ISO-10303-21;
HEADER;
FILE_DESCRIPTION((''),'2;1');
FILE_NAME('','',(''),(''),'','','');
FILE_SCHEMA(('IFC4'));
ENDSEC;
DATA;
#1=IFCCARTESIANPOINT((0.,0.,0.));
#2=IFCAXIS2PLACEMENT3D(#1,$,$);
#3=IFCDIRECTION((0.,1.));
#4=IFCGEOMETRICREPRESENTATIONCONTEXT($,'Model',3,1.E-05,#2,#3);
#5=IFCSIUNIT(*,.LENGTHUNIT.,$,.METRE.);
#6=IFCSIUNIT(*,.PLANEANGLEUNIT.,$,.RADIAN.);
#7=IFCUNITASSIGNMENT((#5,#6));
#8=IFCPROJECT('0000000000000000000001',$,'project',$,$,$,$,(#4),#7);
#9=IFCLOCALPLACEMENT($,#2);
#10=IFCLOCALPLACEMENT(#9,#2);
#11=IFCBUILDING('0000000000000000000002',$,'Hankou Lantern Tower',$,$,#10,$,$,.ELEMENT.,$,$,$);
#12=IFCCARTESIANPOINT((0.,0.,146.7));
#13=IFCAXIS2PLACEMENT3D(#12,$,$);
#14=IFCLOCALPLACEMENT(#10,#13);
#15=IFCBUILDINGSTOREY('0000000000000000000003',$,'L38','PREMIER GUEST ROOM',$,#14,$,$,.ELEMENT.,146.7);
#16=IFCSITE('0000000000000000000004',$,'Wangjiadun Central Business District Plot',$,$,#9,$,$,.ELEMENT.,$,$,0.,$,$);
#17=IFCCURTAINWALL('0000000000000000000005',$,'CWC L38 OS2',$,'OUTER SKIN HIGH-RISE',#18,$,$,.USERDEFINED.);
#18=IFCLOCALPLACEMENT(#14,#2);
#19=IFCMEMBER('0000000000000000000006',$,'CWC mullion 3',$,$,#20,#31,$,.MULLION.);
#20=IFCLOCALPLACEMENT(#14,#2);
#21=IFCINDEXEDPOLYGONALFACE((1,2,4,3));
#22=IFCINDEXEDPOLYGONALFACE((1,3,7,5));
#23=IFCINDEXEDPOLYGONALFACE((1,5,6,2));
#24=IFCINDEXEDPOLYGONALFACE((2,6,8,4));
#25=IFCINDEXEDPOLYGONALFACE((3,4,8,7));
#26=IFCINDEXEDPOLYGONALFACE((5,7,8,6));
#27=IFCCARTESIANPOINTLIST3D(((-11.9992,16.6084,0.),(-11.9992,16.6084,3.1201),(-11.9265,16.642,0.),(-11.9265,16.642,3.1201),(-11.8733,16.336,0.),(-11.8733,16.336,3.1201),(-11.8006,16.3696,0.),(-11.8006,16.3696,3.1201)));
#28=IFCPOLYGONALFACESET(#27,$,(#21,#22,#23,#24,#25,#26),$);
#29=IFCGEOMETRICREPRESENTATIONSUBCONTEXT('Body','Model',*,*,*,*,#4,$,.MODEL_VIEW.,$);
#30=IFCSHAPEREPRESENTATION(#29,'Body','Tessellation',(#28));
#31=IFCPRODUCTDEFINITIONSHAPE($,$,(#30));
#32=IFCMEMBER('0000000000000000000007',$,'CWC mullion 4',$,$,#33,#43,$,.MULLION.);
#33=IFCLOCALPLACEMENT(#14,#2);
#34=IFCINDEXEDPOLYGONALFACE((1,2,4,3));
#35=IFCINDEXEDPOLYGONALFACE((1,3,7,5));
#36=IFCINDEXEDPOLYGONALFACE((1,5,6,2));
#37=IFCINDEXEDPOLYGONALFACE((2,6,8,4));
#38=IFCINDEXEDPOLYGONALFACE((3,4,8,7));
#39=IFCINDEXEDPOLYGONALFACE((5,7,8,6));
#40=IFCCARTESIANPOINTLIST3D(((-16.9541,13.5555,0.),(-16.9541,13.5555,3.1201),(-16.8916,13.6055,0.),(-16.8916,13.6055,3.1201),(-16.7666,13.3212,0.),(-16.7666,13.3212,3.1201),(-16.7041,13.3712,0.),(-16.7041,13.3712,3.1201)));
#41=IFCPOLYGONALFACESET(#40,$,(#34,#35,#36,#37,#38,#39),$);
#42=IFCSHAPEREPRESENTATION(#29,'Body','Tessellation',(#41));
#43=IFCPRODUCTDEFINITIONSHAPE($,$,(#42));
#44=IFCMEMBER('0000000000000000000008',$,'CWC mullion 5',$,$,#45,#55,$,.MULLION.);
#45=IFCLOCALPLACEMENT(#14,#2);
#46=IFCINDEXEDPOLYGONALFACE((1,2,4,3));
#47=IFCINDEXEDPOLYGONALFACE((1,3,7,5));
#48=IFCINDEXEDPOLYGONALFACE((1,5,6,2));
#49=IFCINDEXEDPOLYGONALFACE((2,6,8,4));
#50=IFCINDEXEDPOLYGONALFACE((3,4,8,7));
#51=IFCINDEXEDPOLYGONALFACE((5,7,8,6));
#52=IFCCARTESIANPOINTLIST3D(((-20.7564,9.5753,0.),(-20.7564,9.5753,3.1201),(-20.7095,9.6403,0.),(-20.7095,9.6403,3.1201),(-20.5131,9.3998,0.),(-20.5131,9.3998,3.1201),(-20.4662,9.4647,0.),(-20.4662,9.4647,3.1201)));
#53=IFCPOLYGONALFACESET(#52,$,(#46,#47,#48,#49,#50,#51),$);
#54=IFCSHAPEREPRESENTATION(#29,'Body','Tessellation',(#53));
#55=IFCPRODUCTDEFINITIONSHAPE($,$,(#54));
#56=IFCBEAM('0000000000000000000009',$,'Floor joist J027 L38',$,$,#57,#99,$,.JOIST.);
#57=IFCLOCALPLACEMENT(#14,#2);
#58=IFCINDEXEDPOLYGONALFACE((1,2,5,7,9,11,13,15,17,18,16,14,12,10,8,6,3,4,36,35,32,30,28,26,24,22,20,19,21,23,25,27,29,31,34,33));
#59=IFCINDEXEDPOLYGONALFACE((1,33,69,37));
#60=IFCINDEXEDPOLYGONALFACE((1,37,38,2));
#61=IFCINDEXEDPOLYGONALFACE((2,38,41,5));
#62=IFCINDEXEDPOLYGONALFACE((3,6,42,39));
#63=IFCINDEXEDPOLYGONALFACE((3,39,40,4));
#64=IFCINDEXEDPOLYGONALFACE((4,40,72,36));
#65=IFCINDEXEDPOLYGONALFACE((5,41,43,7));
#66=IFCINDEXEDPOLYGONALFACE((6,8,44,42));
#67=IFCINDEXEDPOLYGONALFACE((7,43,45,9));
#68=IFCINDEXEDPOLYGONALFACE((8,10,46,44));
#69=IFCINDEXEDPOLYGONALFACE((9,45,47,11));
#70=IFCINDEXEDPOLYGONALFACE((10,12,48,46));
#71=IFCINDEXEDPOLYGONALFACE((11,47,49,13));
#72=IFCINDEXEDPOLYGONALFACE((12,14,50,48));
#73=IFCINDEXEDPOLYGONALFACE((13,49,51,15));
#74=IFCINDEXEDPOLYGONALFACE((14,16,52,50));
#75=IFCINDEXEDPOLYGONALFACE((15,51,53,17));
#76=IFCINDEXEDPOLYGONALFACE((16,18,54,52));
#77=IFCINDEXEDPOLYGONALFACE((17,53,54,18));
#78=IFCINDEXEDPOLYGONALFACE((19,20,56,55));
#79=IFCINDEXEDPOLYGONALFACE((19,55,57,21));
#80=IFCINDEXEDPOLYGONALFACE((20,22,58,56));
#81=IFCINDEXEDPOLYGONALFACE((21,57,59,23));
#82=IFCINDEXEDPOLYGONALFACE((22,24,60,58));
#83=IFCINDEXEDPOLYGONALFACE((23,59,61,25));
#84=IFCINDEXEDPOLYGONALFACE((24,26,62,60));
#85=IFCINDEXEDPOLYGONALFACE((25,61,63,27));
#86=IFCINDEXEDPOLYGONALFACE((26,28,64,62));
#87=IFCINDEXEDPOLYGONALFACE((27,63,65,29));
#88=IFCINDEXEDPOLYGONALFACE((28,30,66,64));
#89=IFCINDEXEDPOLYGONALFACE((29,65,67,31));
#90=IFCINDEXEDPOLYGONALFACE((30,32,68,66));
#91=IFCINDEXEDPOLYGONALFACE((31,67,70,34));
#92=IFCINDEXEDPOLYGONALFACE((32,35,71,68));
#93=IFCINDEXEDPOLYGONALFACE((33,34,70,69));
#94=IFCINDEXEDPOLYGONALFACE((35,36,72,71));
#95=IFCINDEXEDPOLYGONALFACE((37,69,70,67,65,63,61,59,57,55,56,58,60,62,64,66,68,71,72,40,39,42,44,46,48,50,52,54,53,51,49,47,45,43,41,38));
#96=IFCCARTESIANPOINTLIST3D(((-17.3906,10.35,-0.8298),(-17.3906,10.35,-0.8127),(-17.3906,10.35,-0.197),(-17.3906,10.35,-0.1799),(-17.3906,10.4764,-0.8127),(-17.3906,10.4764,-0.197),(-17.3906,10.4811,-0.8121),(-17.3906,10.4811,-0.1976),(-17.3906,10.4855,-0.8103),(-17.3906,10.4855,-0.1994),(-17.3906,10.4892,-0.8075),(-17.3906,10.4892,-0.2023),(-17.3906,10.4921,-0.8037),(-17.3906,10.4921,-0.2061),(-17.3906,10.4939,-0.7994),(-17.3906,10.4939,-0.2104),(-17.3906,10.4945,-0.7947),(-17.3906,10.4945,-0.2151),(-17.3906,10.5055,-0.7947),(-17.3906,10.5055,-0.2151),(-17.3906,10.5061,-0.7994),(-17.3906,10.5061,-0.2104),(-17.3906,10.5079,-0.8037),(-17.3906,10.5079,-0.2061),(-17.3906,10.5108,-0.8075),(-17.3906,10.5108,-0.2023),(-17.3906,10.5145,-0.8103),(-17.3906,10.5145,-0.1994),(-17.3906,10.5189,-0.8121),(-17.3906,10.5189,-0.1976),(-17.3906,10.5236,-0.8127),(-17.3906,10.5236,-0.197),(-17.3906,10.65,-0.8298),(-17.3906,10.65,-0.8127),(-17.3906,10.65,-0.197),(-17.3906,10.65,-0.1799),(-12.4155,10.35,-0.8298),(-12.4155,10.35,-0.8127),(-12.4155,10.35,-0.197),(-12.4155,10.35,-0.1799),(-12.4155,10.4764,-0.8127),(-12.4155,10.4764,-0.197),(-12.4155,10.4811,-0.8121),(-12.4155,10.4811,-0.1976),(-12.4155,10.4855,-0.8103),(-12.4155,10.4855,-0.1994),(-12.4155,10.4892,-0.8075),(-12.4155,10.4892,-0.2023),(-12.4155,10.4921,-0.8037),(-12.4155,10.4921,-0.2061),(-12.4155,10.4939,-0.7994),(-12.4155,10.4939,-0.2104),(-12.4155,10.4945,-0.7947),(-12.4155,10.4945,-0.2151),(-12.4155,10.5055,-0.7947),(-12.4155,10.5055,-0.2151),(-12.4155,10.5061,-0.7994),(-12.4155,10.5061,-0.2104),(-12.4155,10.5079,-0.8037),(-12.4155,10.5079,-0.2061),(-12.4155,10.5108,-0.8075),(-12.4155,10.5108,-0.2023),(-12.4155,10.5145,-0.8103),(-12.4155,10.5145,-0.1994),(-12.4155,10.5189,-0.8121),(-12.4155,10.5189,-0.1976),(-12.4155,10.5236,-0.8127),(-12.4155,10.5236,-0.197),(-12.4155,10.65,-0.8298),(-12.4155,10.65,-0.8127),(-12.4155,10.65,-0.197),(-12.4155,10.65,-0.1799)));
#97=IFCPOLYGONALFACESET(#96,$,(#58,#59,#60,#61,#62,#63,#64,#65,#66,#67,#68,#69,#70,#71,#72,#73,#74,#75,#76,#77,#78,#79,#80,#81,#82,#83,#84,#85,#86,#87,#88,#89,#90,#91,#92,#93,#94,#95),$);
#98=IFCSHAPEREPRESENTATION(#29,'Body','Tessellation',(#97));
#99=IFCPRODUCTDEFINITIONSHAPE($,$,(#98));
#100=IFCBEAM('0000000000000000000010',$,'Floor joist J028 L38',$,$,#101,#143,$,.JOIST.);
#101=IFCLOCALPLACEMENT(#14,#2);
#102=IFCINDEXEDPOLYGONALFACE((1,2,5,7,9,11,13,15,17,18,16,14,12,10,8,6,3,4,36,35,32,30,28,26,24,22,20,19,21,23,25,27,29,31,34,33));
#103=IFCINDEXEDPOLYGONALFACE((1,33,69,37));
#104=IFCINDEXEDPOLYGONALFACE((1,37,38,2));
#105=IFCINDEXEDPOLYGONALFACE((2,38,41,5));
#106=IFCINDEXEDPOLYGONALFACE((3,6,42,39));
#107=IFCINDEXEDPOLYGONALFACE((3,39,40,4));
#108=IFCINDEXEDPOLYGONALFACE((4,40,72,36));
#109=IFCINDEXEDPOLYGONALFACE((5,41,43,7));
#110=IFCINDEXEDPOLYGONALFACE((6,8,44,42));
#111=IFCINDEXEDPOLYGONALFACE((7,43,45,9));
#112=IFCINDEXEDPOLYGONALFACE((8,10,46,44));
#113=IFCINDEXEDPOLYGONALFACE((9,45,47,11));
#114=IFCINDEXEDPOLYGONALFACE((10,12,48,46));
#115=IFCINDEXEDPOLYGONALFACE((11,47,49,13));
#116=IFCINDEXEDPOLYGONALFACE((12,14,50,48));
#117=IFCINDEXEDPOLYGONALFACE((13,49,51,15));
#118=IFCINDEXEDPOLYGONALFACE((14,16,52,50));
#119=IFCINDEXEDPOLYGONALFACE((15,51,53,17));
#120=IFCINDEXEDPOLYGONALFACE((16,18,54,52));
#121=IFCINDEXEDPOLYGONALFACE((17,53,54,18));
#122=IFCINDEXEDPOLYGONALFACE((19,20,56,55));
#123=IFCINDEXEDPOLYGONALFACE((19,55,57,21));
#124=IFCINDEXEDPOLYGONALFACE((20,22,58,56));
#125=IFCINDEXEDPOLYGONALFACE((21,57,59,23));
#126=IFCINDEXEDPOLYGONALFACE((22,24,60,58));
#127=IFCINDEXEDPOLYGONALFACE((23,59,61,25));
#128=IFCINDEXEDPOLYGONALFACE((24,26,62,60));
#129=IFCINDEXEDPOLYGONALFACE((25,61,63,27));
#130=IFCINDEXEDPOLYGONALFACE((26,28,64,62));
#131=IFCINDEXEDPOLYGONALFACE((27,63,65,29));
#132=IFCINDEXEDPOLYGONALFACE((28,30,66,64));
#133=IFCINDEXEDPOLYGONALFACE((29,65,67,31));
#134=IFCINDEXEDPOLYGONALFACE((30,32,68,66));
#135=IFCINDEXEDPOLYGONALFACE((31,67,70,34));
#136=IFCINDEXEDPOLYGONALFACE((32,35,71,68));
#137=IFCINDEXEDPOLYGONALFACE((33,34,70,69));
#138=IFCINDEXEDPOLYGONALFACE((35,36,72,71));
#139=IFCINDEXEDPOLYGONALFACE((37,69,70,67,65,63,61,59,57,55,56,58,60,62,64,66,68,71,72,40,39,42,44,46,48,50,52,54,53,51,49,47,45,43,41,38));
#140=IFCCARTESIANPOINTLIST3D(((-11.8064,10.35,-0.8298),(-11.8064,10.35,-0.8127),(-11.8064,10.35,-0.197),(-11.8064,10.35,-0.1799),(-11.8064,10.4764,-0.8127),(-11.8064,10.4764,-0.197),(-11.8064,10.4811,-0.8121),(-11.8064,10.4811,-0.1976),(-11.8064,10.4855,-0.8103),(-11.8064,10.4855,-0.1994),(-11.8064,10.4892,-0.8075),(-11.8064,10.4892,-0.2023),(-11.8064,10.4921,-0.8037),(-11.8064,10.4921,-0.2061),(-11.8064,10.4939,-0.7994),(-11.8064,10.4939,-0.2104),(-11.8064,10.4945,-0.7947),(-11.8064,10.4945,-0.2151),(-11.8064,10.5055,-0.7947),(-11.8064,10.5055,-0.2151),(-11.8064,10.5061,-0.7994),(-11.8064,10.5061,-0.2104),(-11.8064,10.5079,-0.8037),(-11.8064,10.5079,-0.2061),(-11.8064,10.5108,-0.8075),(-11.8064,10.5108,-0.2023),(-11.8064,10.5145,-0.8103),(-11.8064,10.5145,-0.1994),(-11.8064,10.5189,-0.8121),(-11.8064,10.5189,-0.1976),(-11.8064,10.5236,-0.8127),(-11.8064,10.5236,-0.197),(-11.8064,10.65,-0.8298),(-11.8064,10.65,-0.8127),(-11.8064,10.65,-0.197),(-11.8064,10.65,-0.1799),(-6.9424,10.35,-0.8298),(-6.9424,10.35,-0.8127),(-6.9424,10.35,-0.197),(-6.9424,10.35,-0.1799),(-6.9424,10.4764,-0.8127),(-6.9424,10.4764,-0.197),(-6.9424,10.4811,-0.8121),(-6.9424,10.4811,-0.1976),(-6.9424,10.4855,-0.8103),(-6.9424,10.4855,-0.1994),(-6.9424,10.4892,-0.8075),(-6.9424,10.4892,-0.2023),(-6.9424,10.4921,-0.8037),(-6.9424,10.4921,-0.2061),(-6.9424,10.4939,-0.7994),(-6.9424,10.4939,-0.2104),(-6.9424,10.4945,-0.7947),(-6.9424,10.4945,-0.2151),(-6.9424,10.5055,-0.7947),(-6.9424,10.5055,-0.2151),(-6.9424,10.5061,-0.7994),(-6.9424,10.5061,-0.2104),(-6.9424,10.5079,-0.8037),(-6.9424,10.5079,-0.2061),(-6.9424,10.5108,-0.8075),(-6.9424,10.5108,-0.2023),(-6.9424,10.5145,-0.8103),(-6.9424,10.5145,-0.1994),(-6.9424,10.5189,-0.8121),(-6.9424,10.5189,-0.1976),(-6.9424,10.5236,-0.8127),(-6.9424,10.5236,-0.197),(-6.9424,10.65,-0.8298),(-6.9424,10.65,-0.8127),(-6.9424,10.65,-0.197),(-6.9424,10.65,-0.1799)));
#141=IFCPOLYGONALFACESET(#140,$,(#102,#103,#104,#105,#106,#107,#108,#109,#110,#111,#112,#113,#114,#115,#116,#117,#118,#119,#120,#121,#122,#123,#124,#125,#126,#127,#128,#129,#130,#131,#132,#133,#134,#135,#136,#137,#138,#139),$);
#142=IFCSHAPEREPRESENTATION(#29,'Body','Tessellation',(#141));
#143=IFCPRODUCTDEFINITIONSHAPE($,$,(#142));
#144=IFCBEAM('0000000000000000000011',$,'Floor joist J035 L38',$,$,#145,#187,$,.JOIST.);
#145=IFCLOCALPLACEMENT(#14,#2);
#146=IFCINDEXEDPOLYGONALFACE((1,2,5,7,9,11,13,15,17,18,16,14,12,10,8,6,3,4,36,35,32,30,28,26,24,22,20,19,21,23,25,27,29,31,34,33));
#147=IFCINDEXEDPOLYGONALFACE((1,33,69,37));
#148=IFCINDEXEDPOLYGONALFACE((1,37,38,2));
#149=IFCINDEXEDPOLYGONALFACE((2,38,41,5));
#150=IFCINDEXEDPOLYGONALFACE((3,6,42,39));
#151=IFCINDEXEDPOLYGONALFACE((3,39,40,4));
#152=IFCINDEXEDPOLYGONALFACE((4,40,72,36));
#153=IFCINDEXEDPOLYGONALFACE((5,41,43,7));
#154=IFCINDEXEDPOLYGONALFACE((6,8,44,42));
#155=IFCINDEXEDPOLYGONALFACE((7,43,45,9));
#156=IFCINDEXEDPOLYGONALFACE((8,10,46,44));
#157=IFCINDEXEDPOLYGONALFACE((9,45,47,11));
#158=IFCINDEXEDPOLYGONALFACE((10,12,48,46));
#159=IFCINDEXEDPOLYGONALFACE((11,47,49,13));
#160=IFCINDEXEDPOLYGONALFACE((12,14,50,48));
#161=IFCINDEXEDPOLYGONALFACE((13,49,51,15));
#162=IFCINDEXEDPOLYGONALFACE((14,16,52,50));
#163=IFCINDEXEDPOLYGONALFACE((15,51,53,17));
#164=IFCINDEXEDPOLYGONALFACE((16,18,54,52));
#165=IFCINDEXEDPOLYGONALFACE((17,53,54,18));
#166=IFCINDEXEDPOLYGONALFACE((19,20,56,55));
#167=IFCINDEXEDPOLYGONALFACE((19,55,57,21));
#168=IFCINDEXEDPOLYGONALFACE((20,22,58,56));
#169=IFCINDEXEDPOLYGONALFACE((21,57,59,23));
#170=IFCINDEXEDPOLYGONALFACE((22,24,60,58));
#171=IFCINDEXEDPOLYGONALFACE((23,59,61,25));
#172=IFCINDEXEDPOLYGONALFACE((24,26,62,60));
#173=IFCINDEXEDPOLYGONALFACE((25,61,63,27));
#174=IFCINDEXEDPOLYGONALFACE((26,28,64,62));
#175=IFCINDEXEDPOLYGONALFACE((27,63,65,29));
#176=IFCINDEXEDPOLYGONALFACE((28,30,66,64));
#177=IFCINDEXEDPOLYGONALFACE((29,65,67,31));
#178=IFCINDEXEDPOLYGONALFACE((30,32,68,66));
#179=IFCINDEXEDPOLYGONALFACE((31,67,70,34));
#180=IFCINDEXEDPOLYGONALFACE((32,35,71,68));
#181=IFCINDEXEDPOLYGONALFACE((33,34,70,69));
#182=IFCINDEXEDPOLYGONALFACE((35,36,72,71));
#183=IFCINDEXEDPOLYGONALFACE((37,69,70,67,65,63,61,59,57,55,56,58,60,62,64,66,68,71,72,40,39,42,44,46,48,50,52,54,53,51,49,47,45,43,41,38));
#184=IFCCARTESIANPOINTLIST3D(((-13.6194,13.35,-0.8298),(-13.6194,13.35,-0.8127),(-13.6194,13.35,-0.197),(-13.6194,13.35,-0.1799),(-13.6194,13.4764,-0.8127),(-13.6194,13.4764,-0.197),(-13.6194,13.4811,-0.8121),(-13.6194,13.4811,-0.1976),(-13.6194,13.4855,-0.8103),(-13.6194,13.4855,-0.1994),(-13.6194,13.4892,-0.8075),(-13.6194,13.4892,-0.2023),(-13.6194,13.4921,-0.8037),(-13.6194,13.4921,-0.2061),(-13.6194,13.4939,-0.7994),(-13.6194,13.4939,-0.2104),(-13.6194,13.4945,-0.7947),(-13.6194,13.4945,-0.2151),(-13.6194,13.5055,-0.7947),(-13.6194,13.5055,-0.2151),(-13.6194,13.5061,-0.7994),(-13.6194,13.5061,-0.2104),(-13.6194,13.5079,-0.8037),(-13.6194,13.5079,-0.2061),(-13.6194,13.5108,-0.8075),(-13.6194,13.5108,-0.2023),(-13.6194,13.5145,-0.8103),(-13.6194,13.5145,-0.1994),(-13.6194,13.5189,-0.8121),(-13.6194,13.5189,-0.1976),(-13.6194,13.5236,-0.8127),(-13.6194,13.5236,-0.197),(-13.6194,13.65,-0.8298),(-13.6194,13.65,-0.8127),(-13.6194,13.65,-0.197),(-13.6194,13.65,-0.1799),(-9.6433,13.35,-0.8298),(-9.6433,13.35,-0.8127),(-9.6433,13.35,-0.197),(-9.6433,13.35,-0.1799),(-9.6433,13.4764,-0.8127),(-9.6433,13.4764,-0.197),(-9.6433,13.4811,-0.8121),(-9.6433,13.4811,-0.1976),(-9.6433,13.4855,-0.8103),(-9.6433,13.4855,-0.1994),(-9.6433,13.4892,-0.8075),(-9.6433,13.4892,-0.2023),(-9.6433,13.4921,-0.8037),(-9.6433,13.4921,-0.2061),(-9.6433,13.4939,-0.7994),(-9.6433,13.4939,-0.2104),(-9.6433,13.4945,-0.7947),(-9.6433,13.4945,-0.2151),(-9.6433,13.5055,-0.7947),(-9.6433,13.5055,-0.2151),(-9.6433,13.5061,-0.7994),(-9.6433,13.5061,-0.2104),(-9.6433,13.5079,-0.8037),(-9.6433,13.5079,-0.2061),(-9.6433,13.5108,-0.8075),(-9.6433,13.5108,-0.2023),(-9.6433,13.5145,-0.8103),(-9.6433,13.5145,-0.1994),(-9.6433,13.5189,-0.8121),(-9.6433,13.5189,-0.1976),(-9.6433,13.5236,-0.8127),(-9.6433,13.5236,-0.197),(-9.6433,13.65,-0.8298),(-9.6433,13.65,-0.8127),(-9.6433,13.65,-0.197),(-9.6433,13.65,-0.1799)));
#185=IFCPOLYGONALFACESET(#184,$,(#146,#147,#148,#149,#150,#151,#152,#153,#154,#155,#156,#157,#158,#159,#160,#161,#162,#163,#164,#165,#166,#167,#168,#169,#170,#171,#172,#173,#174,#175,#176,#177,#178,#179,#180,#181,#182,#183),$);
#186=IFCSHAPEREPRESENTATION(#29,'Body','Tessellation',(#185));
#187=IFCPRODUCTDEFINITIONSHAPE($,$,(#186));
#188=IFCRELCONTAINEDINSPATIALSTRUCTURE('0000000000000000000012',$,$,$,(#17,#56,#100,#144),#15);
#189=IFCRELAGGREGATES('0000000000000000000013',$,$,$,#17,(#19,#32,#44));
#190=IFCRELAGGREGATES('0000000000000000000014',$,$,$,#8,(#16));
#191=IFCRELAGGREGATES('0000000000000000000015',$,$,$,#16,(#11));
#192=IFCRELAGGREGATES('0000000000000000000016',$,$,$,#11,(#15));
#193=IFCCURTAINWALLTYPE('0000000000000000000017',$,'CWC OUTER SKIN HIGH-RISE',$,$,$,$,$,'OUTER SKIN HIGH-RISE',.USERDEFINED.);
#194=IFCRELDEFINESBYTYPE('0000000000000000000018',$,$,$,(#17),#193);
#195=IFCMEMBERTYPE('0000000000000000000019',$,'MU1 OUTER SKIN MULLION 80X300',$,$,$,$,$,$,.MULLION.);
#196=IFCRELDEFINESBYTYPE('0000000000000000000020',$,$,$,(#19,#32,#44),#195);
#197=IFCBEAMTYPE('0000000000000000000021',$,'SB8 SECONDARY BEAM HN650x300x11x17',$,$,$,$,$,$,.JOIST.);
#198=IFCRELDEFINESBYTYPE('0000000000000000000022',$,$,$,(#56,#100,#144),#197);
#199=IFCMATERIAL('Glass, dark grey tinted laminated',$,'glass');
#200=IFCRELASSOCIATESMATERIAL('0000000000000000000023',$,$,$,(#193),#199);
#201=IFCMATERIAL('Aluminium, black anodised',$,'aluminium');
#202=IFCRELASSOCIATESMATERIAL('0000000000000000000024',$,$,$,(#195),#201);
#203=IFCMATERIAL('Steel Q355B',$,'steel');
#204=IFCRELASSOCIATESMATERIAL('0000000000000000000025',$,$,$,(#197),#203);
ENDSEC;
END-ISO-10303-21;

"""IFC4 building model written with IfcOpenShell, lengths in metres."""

from ifc_helpers import new_model, si_unit, direction, frame, origin, origin_2d, place, context, subcontext, project, spatial, rectangle, i_section, extrude, material, material_profile, profile_set, type_object, element, aggregate, save


model = new_model("IFC4")

# Units and contexts
model_context = context("Model", 3, precision=1e-05, world=origin(), true_north=direction((0.0, 1.0)))
body_context = subcontext(model_context, "Body", "Model", "MODEL_VIEW")
ifc_project = project(units=[si_unit("LENGTHUNIT", "METRE"), si_unit("PLANEANGLEUNIT", "RADIAN")], contexts=[model_context])

# Site, building, storey
site_placement = place(None, origin())
site = spatial("IfcSite", under=ifc_project, at=site_placement, Name="Wangjiadun Central Business District Plot", CompositionType="ELEMENT", RefElevation=0.0)
building_placement = place(site_placement, origin())
building = spatial("IfcBuilding", under=site, at=building_placement, Name="Hankou Lantern Tower", CompositionType="ELEMENT")
storey_placement = place(building_placement, frame((0.0, 0.0, 146.7)))
storey = spatial("IfcBuildingStorey", under=building, at=storey_placement, Name="L38", Description="PREMIER GUEST ROOM", CompositionType="ELEMENT", Elevation=146.7)

# Curtain wall, members
ifc_material_1 = material(Name="Glass, dark grey tinted laminated", Category="glass")
curtain_wall_type = type_object("IfcCurtainWallType", Name="CWC OUTER SKIN HIGH-RISE", ElementType="OUTER SKIN HIGH-RISE", PredefinedType="USERDEFINED", material=ifc_material_1)
curtain_wall_placement = place(storey_placement, origin())
curtain_wall = element("IfcCurtainWall", 1, at=curtain_wall_placement, inside=storey, type_object=curtain_wall_type, Name="CWC L38 OS2", ObjectType="OUTER SKIN HIGH-RISE", PredefinedType="USERDEFINED")
ifc_material_2 = material(Name="Aluminium, black anodised", Category="aluminium")
ifc_material_profile_1 = material_profile(ifc_material_2, rectangle(XDim=0.0801, YDim=0.3, at=origin_2d()), Name="MU1 80X300")
ifc_profile_set_1 = profile_set([ifc_material_profile_1], Name="Aluminium, black anodised")
member_type_1 = type_object("IfcMemberType", Name="MU1 OUTER SKIN MULLION 80X300", PredefinedType="MULLION", material=ifc_profile_set_1)
member_1_placement = place(storey_placement, frame((-11.8999, 16.489, 0.0), z_axis=(0.0, 0.0, 1.0), x_axis=(-0.907841, -0.419314, 0.0)))
member_1 = element("IfcMember", 2, at=member_1_placement, type_object=member_type_1, Name="CWC mullion 3", PredefinedType="MULLION", context=body_context, shape_type="SweptSolid", body=[
    extrude(rectangle(XDim=0.0801, YDim=0.3, at=origin_2d()), origin(), (0.0, 0.0, 1.0), 3.1201),
])
member_2_placement = place(storey_placement, frame((-16.8291, 13.4634, 0.0), z_axis=(0.0, 0.0, 1.0), x_axis=(-0.780869, -0.624695, 0.0)))
member_2 = element("IfcMember", 3, at=member_2_placement, type_object=member_type_1, Name="CWC mullion 4", PredefinedType="MULLION", context=body_context, shape_type="SweptSolid", body=[
    extrude(rectangle(XDim=0.0801, YDim=0.3, at=origin_2d()), origin(), (0.0, 0.0, 1.0), 3.1201),
])
member_3_placement = place(storey_placement, frame((-20.6113, 9.52, 0.0), z_axis=(0.0, 0.0, 1.0), x_axis=(-0.585206, -0.810885, 0.0)))
member_3 = element("IfcMember", 4, at=member_3_placement, type_object=member_type_1, Name="CWC mullion 5", PredefinedType="MULLION", context=body_context, shape_type="SweptSolid", body=[
    extrude(rectangle(XDim=0.0801, YDim=0.3, at=origin_2d()), origin(), (0.0, 0.0, 1.0), 3.1201),
])

# Beams
ifc_material_3 = material(Name="Steel Q355B", Category="steel")
ifc_material_profile_2 = material_profile(ifc_material_3, i_section(OverallWidth=0.3, OverallDepth=0.6499, WebThickness=0.011, FlangeThickness=0.0171, FilletRadius=0.0181, at=origin_2d()), Name="HN650x300x11x17")
ifc_profile_set_2 = profile_set([ifc_material_profile_2], Name="Steel Q355B")
beam_type_1 = type_object("IfcBeamType", Name="SB8 SECONDARY BEAM HN650x300x11x17", PredefinedType="JOIST", material=ifc_profile_set_2)
beam_1_placement = place(storey_placement, frame((-17.3906, 10.5, -0.5049), z_axis=(1.0, 0.0, 0.0), x_axis=(0.0, 1.0, 0.0)))
element("IfcBeam", 5, at=beam_1_placement, inside=storey, type_object=beam_type_1, Name="Floor joist J027 L38", PredefinedType="JOIST", context=body_context, shape_type="SweptSolid", body=[
    extrude(i_section(OverallWidth=0.3, OverallDepth=0.6499, WebThickness=0.011, FlangeThickness=0.0171, FilletRadius=0.0181, at=origin_2d()), origin(), (0.0, 0.0, 1.0), 4.9751),
])
beam_2_placement = place(storey_placement, frame((-11.8064, 10.5, -0.5049), z_axis=(1.0, 0.0, 0.0), x_axis=(0.0, 1.0, 0.0)))
element("IfcBeam", 6, at=beam_2_placement, inside=storey, type_object=beam_type_1, Name="Floor joist J028 L38", PredefinedType="JOIST", context=body_context, shape_type="SweptSolid", body=[
    extrude(i_section(OverallWidth=0.3, OverallDepth=0.6499, WebThickness=0.011, FlangeThickness=0.0171, FilletRadius=0.0181, at=origin_2d()), origin(), (0.0, 0.0, 1.0), 4.864),
])
beam_3_placement = place(storey_placement, frame((-13.6194, 13.5, -0.5049), z_axis=(1.0, 0.0, 0.0), x_axis=(0.0, 1.0, 0.0)))
element("IfcBeam", 7, at=beam_3_placement, inside=storey, type_object=beam_type_1, Name="Floor joist J035 L38", PredefinedType="JOIST", context=body_context, shape_type="SweptSolid", body=[
    extrude(i_section(OverallWidth=0.3, OverallDepth=0.6499, WebThickness=0.011, FlangeThickness=0.0171, FilletRadius=0.0181, at=origin_2d()), origin(), (0.0, 0.0, 1.0), 3.9761),
])

aggregate(curtain_wall, [member_1, member_2, member_3])

save(model, "model.ifc")
